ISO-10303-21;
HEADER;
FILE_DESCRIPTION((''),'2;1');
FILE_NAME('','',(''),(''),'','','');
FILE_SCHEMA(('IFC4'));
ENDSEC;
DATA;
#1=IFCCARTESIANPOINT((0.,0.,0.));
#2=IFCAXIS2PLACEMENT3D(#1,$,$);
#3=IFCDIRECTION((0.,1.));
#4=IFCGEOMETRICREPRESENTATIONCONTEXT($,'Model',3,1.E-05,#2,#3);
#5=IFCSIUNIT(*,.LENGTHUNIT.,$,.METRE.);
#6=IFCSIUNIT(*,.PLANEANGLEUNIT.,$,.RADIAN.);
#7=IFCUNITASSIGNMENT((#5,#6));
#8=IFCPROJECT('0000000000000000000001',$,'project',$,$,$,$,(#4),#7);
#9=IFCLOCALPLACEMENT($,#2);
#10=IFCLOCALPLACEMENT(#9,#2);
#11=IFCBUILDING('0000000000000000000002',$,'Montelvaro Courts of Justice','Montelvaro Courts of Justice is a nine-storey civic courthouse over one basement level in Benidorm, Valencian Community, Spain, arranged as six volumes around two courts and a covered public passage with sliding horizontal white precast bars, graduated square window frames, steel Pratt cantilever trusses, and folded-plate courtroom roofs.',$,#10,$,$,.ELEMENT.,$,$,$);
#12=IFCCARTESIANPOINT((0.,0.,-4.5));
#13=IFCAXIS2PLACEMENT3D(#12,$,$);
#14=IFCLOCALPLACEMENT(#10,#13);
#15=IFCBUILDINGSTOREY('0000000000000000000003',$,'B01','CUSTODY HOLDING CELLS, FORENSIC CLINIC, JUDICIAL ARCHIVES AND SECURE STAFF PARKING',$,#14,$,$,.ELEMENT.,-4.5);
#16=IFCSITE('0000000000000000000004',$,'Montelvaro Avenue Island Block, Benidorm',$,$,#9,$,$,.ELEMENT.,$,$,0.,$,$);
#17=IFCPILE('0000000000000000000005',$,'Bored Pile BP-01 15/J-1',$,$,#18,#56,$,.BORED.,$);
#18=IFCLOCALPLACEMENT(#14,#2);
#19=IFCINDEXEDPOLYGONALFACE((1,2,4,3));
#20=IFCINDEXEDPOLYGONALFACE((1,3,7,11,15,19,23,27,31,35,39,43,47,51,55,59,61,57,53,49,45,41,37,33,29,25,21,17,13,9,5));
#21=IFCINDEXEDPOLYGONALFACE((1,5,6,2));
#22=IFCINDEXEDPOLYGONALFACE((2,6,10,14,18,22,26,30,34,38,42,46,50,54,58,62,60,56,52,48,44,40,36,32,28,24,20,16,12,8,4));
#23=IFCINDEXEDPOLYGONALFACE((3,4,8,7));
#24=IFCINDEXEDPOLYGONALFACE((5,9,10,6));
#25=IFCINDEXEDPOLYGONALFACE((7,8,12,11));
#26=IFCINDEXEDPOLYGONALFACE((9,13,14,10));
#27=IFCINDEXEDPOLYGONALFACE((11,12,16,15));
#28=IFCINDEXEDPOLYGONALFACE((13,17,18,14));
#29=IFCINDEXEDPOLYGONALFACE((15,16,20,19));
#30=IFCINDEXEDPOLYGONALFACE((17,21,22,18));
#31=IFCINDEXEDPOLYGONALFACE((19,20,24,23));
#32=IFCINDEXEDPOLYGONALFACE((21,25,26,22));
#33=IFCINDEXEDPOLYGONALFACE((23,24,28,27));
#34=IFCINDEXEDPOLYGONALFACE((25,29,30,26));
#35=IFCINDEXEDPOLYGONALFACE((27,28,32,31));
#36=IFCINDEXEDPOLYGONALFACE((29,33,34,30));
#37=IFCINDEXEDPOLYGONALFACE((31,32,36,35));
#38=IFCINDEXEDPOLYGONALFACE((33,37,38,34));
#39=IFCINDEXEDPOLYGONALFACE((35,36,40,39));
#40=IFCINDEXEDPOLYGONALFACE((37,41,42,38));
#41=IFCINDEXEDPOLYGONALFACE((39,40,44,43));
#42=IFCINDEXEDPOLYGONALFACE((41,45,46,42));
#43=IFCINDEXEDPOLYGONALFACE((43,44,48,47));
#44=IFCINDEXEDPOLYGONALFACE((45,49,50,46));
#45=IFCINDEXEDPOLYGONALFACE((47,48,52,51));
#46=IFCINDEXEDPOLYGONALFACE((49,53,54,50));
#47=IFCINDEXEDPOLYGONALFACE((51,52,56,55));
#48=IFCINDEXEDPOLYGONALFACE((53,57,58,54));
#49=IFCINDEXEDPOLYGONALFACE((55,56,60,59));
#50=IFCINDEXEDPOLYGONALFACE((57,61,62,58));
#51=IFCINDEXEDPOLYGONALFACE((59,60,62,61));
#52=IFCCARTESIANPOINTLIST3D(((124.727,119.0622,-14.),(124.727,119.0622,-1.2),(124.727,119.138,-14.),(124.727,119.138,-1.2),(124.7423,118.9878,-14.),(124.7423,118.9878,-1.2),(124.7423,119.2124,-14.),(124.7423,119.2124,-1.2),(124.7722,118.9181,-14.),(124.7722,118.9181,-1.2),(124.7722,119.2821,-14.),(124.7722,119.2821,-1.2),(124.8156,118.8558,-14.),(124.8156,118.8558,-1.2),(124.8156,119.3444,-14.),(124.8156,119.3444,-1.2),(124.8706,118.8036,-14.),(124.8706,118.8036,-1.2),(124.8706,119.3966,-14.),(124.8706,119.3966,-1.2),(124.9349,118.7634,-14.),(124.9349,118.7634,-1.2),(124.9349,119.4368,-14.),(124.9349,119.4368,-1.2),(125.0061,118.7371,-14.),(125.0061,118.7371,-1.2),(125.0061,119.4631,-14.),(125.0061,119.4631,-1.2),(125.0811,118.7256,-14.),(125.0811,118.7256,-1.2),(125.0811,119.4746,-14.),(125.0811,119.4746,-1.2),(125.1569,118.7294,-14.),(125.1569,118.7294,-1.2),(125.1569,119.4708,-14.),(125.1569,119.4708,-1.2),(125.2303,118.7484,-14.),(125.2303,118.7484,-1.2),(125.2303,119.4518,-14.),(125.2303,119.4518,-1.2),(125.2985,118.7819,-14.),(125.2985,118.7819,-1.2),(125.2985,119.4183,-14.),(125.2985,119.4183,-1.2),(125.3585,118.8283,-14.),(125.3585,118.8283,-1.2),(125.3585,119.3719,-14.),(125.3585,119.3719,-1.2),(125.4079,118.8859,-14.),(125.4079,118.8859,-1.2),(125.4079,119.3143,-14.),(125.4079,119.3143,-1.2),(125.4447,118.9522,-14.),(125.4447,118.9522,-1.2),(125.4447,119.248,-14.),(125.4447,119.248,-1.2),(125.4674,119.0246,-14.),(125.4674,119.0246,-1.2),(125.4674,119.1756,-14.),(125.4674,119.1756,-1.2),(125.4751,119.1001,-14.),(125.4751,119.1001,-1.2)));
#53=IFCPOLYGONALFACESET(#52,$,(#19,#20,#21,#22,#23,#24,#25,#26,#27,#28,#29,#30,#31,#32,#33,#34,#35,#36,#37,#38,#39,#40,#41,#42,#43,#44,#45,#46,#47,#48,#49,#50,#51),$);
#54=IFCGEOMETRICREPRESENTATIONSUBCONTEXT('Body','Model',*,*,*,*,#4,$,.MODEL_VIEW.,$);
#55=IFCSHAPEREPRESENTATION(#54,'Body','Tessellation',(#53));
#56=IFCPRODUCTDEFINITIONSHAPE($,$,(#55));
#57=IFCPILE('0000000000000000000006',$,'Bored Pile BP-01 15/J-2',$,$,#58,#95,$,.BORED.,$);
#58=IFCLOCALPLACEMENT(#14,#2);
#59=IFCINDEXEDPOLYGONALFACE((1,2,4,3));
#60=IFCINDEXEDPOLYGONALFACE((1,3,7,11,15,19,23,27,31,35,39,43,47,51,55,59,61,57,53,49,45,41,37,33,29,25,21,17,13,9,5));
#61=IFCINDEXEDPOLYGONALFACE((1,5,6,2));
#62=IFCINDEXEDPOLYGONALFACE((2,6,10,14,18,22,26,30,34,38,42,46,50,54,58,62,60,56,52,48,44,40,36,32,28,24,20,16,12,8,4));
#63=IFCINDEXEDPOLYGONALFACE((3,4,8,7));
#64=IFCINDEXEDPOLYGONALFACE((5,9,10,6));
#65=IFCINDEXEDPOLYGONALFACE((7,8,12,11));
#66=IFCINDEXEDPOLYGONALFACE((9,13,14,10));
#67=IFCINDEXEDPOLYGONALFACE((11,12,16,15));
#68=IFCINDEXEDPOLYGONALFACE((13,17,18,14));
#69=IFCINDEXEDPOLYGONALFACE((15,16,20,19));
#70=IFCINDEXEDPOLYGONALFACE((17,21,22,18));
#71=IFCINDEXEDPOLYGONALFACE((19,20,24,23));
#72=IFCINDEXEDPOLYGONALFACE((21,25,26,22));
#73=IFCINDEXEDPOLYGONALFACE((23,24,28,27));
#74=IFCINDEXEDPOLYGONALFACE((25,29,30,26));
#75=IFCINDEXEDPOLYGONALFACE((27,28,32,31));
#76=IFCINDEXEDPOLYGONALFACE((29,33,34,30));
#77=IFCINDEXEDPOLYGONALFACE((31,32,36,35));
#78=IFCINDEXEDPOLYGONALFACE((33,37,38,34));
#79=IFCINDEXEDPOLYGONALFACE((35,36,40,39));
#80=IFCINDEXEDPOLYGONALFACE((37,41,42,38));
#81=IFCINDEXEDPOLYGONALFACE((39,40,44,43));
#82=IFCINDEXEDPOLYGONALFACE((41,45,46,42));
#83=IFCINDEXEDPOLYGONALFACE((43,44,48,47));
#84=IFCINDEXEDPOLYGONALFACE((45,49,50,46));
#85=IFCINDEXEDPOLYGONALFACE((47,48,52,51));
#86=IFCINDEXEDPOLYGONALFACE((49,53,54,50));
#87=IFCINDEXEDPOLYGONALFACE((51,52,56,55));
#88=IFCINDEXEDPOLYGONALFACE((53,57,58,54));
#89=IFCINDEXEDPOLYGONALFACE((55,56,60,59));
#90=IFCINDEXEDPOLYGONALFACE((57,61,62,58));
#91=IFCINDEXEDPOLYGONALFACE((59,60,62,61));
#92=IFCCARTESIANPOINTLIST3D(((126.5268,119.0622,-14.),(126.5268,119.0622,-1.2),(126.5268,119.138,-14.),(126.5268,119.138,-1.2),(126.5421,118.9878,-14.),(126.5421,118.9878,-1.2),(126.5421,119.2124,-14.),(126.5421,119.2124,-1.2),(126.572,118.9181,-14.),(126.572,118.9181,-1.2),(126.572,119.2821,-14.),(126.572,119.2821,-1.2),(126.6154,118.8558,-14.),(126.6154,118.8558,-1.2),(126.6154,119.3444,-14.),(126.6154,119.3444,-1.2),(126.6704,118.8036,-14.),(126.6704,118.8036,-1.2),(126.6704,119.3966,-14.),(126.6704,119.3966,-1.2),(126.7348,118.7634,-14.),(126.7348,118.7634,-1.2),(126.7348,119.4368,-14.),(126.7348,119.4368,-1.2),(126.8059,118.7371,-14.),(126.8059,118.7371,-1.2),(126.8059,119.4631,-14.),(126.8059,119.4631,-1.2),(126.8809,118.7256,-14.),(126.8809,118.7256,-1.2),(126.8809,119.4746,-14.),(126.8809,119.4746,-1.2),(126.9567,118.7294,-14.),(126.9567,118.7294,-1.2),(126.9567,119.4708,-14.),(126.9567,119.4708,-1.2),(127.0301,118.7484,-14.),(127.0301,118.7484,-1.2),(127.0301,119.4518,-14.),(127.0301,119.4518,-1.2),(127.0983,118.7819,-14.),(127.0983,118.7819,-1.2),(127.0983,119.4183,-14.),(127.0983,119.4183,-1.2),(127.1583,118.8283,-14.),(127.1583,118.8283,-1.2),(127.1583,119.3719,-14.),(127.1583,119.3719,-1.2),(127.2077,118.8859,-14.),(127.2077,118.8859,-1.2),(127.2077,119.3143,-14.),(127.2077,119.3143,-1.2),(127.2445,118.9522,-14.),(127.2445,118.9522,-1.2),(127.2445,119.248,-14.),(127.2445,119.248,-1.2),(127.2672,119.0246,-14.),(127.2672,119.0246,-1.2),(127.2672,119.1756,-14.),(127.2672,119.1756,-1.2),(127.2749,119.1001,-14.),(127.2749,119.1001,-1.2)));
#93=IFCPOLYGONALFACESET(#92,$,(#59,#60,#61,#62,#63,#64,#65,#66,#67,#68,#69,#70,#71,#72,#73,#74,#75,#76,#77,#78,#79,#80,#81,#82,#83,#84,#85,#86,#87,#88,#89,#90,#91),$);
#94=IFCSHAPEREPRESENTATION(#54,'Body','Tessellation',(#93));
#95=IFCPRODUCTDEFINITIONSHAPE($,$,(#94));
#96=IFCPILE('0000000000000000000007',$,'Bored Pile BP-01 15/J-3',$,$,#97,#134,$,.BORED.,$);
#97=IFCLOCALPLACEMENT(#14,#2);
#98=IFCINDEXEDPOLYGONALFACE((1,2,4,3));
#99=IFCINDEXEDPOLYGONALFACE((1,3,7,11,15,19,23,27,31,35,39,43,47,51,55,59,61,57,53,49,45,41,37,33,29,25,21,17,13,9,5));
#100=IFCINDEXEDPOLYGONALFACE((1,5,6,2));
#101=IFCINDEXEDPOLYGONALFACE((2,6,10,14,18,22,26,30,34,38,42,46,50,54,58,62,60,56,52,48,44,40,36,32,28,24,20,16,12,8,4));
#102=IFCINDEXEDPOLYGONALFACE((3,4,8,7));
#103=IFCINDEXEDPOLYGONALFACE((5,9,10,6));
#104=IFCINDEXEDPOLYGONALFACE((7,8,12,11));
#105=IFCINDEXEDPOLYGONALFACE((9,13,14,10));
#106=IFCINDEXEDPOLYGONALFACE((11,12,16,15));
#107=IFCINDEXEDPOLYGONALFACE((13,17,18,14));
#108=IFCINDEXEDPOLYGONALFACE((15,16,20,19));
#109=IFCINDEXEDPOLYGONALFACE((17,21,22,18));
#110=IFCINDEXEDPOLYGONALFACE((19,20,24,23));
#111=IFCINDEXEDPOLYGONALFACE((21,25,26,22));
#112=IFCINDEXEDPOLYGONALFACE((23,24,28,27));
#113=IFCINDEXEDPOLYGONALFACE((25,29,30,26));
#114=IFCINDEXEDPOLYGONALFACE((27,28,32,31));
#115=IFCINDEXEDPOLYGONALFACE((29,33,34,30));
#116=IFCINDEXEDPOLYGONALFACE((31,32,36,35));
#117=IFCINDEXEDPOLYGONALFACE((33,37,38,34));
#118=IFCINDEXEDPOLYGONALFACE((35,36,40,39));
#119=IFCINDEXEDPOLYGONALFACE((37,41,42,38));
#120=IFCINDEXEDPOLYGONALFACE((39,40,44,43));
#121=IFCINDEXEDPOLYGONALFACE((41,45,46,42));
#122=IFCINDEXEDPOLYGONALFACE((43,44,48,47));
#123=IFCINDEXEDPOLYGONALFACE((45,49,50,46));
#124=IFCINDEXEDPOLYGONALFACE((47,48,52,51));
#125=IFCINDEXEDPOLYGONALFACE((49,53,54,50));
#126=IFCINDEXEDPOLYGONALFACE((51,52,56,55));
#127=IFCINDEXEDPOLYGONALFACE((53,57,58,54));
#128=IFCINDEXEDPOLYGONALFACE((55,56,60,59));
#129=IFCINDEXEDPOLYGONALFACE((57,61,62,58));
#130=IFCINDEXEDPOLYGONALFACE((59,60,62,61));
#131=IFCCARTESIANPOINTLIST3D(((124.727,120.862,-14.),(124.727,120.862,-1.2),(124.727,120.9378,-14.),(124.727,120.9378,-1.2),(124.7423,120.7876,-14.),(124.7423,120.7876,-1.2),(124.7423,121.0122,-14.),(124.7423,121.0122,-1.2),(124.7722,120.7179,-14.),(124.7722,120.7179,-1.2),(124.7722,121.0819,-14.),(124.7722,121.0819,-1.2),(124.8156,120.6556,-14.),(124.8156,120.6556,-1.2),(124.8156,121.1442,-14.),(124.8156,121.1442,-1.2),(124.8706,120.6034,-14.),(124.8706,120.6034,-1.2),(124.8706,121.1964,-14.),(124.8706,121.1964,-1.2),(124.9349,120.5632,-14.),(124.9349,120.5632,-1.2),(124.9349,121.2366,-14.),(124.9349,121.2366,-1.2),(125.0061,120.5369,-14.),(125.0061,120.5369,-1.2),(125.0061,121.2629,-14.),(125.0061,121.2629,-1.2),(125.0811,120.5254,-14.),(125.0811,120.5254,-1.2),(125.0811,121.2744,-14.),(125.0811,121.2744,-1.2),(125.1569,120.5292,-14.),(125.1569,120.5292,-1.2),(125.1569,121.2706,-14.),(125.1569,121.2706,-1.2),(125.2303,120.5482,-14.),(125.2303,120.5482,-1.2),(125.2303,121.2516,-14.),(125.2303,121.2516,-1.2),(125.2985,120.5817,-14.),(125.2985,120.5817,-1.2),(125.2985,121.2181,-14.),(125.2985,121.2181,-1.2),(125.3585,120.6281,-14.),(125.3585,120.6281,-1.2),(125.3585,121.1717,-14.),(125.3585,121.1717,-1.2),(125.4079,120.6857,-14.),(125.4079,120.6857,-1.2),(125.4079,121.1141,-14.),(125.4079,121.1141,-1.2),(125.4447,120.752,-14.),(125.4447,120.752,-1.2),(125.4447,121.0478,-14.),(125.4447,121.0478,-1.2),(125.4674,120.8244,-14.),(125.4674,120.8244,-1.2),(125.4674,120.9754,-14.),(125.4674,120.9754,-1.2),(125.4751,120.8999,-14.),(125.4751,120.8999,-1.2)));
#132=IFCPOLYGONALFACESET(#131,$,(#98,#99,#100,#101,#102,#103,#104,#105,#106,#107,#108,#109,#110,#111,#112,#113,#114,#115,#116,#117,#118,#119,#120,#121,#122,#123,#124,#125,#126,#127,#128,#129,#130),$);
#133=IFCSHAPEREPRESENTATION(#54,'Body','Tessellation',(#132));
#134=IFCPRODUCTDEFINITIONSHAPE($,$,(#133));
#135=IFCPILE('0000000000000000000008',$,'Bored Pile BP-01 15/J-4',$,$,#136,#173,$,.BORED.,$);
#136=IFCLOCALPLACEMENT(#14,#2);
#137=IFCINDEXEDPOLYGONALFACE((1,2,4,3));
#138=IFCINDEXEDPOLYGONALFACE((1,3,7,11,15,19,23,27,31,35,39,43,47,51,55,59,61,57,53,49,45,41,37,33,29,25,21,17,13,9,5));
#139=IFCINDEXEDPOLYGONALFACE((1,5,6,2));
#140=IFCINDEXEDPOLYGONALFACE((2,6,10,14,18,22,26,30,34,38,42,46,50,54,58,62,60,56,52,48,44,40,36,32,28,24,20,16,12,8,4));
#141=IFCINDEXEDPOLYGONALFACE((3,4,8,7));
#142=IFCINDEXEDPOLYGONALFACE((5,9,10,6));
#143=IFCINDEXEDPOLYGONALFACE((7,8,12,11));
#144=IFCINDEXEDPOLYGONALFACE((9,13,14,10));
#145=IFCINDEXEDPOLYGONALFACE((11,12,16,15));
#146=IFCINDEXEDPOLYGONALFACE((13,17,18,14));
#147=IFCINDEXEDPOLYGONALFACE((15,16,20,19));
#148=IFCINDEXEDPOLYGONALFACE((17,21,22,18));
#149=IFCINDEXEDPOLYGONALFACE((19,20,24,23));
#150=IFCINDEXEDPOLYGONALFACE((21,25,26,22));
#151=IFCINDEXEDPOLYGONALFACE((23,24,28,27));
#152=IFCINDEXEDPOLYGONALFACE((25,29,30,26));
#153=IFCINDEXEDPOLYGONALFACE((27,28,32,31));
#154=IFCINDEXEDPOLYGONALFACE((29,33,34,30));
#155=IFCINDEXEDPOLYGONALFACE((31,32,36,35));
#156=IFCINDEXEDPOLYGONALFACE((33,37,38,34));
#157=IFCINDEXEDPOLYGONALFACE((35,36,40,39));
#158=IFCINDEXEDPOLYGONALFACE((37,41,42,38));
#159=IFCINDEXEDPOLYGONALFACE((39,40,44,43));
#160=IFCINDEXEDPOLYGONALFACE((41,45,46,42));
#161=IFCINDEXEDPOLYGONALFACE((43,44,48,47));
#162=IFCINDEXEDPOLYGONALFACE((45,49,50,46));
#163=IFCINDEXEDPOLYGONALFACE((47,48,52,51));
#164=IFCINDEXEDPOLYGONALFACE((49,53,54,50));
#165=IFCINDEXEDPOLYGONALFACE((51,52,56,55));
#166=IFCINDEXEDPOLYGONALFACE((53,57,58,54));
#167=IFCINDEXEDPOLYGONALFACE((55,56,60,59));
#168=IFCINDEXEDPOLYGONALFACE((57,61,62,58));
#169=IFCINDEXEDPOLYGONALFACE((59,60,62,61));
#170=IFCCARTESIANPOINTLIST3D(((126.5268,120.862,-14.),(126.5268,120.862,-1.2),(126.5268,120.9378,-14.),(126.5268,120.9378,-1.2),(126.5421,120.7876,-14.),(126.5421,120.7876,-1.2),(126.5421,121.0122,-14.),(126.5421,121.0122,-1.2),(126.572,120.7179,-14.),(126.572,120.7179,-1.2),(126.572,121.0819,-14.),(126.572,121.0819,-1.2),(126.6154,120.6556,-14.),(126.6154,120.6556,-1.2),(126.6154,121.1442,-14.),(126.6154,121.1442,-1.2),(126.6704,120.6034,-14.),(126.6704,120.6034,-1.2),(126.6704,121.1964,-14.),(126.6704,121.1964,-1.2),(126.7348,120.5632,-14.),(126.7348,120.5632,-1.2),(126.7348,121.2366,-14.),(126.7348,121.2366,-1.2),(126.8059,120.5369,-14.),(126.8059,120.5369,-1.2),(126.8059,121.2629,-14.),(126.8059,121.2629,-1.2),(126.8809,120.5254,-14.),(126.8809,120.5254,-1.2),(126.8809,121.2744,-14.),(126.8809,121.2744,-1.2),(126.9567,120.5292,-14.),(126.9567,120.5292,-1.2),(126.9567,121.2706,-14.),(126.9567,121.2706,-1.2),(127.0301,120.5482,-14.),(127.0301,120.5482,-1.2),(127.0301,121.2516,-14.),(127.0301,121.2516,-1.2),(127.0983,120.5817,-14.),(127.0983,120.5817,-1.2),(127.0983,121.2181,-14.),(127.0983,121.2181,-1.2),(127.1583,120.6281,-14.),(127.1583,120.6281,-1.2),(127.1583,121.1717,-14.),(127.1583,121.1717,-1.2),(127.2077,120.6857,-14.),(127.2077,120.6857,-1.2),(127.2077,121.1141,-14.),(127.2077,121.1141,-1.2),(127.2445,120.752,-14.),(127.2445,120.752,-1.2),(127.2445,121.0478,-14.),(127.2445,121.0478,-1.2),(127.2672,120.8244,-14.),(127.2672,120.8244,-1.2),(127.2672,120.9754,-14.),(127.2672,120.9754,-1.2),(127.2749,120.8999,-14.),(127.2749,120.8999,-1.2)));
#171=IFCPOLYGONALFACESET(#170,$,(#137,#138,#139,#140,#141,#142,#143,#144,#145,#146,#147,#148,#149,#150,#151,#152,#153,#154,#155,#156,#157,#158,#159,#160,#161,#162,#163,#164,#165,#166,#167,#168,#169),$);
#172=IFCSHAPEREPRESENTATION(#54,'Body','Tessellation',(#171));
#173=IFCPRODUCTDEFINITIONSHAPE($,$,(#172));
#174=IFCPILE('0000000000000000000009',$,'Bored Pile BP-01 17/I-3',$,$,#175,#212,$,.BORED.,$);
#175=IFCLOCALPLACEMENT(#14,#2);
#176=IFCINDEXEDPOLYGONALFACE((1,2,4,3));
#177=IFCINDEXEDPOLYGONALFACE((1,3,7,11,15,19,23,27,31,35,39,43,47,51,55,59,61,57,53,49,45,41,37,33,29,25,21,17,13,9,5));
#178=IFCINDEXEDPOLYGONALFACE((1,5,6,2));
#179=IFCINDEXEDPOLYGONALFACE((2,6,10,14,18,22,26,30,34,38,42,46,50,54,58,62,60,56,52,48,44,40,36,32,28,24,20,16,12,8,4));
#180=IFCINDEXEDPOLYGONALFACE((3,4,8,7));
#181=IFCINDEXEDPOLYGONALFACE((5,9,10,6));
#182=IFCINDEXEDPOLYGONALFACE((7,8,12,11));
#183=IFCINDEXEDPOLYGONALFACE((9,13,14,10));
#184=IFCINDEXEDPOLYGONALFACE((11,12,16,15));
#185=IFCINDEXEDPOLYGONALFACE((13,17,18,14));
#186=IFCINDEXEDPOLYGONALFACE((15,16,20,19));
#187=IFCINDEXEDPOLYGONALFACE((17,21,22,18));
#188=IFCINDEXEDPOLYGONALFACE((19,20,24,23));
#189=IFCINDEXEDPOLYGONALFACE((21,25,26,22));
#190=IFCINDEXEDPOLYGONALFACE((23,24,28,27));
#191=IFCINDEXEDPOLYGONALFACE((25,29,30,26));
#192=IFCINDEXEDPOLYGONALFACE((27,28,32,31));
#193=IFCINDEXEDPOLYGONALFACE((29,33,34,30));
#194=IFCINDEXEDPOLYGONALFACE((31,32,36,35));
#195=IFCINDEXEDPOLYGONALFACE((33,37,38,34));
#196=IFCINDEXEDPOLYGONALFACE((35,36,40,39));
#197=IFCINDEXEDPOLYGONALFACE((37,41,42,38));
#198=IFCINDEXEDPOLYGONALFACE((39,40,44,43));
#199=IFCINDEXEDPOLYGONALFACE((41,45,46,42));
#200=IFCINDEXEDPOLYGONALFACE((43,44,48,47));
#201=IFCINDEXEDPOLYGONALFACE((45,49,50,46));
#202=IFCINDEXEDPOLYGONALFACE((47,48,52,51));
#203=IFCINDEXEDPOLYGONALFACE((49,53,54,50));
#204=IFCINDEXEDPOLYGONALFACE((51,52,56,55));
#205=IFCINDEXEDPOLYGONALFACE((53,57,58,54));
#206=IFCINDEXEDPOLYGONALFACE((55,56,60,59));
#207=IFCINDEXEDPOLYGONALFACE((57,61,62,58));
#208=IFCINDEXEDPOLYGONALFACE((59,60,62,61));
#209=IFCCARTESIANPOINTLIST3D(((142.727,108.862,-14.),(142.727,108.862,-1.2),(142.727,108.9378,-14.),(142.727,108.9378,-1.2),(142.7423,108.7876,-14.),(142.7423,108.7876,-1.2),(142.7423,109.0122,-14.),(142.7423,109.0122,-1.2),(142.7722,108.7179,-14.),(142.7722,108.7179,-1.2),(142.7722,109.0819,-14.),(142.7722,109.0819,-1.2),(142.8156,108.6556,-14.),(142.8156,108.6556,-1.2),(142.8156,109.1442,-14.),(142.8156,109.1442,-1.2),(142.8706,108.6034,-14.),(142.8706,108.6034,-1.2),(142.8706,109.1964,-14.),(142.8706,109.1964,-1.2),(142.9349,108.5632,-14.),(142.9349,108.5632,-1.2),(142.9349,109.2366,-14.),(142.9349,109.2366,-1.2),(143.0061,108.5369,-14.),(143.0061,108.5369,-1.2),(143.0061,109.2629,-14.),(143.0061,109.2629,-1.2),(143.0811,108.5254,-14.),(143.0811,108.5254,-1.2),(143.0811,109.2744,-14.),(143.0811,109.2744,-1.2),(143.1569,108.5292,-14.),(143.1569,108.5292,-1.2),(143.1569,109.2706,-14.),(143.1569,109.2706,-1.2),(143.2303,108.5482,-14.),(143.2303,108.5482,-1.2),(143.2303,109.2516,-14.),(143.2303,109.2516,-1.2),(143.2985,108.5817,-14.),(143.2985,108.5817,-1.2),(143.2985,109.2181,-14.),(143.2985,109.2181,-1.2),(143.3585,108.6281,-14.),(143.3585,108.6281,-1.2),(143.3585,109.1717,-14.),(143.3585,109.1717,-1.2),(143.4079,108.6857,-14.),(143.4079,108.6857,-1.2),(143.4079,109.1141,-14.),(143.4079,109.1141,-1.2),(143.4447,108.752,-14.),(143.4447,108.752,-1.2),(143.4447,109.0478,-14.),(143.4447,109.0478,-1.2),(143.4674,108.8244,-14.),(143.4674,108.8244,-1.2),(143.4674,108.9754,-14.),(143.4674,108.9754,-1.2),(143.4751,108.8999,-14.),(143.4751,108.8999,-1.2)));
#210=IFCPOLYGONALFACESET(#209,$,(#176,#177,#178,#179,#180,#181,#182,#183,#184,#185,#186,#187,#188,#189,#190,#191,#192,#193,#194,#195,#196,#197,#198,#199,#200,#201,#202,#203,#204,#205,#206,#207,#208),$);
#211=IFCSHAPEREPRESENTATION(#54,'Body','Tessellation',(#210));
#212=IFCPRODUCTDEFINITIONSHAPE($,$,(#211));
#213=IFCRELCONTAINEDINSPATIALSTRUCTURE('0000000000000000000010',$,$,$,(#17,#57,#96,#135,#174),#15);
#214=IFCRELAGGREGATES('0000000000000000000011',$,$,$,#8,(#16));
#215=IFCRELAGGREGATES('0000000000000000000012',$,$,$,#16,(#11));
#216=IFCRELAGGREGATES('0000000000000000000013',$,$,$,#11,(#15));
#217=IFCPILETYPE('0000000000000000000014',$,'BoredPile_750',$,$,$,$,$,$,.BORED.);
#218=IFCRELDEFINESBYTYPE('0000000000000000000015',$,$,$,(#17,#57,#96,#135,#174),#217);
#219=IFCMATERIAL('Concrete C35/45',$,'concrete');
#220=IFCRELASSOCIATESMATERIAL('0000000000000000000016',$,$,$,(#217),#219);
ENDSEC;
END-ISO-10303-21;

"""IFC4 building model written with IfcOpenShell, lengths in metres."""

from ifc_helpers import new_model, si_unit, direction, frame, origin, origin_2d, place, context, subcontext, project, spatial, circle, extrude, material, material_profile, profile_set, type_object, element, save


model = new_model("IFC4")

# Units and contexts
model_context = context("Model", 3, precision=1e-05, world=origin(), true_north=direction((0.0, 1.0)))
body_context = subcontext(model_context, "Body", "Model", "MODEL_VIEW")
ifc_project = project(units=[si_unit("LENGTHUNIT", "METRE"), si_unit("PLANEANGLEUNIT", "RADIAN")], contexts=[model_context])

# Site, building, storey
site_placement = place(None, origin())
site = spatial("IfcSite", under=ifc_project, at=site_placement, Name="Montelvaro Avenue Island Block, Benidorm", CompositionType="ELEMENT", RefElevation=0.0)
building_placement = place(site_placement, origin())
building = spatial("IfcBuilding", under=site, at=building_placement, Name="Montelvaro Courts of Justice", Description="Montelvaro Courts of Justice is a nine-storey civic courthouse over one basement level in Benidorm, Valencian Community, Spain, arranged as six volumes around two courts and a covered public passage with sliding horizontal white precast bars, graduated square window frames, steel Pratt cantilever trusses, and folded-plate courtroom roofs.", CompositionType="ELEMENT")
storey_placement = place(building_placement, frame((0.0, 0.0, -4.5)))
storey = spatial("IfcBuildingStorey", under=building, at=storey_placement, Name="B01", Description="CUSTODY HOLDING CELLS, FORENSIC CLINIC, JUDICIAL ARCHIVES AND SECURE STAFF PARKING", CompositionType="ELEMENT", Elevation=-4.5)

# Piles
ifc_material_1 = material(Name="Concrete C35/45", Category="concrete")
ifc_material_profile_1 = material_profile(ifc_material_1, circle(Radius=0.375, at=origin_2d()), Name="BORED PILE D750")
ifc_profile_set_1 = profile_set([ifc_material_profile_1], Name="Concrete C35/45")
pile_type_1 = type_object("IfcPileType", Name="BoredPile_750", PredefinedType="BORED", material=ifc_profile_set_1)
for number, where, z_axis, x_axis, name in (
    (1, (125.1001, 119.1001, -1.2), (0.0, 0.0, -1.0), (1.0, 0.0, 0.0), "Bored Pile BP-01 15/J-1"),
    (2, (126.8999, 119.1001, -1.2), (0.0, 0.0, -1.0), (1.0, 0.0, 0.0), "Bored Pile BP-01 15/J-2"),
    (3, (125.1001, 120.8999, -1.2), (0.0, 0.0, -1.0), (1.0, 0.0, 0.0), "Bored Pile BP-01 15/J-3"),
    (4, (126.8999, 120.8999, -1.2), (0.0, 0.0, -1.0), (1.0, 0.0, 0.0), "Bored Pile BP-01 15/J-4"),
    (5, (143.1001, 108.8999, -1.2), (0.0, 0.0, -1.0), (1.0, 0.0, 0.0), "Bored Pile BP-01 17/I-3"),
):
    element("IfcPile", number, at=place(storey_placement, frame(where, z_axis=z_axis, x_axis=x_axis)), inside=storey, type_object=pile_type_1, Name=name, PredefinedType="BORED", context=body_context, shape_type="SweptSolid", body=[
        extrude(circle(Radius=0.375, at=origin_2d()), origin(), (0.0, 0.0, 1.0), 12.8),
    ])

save(model, "model.ifc")
